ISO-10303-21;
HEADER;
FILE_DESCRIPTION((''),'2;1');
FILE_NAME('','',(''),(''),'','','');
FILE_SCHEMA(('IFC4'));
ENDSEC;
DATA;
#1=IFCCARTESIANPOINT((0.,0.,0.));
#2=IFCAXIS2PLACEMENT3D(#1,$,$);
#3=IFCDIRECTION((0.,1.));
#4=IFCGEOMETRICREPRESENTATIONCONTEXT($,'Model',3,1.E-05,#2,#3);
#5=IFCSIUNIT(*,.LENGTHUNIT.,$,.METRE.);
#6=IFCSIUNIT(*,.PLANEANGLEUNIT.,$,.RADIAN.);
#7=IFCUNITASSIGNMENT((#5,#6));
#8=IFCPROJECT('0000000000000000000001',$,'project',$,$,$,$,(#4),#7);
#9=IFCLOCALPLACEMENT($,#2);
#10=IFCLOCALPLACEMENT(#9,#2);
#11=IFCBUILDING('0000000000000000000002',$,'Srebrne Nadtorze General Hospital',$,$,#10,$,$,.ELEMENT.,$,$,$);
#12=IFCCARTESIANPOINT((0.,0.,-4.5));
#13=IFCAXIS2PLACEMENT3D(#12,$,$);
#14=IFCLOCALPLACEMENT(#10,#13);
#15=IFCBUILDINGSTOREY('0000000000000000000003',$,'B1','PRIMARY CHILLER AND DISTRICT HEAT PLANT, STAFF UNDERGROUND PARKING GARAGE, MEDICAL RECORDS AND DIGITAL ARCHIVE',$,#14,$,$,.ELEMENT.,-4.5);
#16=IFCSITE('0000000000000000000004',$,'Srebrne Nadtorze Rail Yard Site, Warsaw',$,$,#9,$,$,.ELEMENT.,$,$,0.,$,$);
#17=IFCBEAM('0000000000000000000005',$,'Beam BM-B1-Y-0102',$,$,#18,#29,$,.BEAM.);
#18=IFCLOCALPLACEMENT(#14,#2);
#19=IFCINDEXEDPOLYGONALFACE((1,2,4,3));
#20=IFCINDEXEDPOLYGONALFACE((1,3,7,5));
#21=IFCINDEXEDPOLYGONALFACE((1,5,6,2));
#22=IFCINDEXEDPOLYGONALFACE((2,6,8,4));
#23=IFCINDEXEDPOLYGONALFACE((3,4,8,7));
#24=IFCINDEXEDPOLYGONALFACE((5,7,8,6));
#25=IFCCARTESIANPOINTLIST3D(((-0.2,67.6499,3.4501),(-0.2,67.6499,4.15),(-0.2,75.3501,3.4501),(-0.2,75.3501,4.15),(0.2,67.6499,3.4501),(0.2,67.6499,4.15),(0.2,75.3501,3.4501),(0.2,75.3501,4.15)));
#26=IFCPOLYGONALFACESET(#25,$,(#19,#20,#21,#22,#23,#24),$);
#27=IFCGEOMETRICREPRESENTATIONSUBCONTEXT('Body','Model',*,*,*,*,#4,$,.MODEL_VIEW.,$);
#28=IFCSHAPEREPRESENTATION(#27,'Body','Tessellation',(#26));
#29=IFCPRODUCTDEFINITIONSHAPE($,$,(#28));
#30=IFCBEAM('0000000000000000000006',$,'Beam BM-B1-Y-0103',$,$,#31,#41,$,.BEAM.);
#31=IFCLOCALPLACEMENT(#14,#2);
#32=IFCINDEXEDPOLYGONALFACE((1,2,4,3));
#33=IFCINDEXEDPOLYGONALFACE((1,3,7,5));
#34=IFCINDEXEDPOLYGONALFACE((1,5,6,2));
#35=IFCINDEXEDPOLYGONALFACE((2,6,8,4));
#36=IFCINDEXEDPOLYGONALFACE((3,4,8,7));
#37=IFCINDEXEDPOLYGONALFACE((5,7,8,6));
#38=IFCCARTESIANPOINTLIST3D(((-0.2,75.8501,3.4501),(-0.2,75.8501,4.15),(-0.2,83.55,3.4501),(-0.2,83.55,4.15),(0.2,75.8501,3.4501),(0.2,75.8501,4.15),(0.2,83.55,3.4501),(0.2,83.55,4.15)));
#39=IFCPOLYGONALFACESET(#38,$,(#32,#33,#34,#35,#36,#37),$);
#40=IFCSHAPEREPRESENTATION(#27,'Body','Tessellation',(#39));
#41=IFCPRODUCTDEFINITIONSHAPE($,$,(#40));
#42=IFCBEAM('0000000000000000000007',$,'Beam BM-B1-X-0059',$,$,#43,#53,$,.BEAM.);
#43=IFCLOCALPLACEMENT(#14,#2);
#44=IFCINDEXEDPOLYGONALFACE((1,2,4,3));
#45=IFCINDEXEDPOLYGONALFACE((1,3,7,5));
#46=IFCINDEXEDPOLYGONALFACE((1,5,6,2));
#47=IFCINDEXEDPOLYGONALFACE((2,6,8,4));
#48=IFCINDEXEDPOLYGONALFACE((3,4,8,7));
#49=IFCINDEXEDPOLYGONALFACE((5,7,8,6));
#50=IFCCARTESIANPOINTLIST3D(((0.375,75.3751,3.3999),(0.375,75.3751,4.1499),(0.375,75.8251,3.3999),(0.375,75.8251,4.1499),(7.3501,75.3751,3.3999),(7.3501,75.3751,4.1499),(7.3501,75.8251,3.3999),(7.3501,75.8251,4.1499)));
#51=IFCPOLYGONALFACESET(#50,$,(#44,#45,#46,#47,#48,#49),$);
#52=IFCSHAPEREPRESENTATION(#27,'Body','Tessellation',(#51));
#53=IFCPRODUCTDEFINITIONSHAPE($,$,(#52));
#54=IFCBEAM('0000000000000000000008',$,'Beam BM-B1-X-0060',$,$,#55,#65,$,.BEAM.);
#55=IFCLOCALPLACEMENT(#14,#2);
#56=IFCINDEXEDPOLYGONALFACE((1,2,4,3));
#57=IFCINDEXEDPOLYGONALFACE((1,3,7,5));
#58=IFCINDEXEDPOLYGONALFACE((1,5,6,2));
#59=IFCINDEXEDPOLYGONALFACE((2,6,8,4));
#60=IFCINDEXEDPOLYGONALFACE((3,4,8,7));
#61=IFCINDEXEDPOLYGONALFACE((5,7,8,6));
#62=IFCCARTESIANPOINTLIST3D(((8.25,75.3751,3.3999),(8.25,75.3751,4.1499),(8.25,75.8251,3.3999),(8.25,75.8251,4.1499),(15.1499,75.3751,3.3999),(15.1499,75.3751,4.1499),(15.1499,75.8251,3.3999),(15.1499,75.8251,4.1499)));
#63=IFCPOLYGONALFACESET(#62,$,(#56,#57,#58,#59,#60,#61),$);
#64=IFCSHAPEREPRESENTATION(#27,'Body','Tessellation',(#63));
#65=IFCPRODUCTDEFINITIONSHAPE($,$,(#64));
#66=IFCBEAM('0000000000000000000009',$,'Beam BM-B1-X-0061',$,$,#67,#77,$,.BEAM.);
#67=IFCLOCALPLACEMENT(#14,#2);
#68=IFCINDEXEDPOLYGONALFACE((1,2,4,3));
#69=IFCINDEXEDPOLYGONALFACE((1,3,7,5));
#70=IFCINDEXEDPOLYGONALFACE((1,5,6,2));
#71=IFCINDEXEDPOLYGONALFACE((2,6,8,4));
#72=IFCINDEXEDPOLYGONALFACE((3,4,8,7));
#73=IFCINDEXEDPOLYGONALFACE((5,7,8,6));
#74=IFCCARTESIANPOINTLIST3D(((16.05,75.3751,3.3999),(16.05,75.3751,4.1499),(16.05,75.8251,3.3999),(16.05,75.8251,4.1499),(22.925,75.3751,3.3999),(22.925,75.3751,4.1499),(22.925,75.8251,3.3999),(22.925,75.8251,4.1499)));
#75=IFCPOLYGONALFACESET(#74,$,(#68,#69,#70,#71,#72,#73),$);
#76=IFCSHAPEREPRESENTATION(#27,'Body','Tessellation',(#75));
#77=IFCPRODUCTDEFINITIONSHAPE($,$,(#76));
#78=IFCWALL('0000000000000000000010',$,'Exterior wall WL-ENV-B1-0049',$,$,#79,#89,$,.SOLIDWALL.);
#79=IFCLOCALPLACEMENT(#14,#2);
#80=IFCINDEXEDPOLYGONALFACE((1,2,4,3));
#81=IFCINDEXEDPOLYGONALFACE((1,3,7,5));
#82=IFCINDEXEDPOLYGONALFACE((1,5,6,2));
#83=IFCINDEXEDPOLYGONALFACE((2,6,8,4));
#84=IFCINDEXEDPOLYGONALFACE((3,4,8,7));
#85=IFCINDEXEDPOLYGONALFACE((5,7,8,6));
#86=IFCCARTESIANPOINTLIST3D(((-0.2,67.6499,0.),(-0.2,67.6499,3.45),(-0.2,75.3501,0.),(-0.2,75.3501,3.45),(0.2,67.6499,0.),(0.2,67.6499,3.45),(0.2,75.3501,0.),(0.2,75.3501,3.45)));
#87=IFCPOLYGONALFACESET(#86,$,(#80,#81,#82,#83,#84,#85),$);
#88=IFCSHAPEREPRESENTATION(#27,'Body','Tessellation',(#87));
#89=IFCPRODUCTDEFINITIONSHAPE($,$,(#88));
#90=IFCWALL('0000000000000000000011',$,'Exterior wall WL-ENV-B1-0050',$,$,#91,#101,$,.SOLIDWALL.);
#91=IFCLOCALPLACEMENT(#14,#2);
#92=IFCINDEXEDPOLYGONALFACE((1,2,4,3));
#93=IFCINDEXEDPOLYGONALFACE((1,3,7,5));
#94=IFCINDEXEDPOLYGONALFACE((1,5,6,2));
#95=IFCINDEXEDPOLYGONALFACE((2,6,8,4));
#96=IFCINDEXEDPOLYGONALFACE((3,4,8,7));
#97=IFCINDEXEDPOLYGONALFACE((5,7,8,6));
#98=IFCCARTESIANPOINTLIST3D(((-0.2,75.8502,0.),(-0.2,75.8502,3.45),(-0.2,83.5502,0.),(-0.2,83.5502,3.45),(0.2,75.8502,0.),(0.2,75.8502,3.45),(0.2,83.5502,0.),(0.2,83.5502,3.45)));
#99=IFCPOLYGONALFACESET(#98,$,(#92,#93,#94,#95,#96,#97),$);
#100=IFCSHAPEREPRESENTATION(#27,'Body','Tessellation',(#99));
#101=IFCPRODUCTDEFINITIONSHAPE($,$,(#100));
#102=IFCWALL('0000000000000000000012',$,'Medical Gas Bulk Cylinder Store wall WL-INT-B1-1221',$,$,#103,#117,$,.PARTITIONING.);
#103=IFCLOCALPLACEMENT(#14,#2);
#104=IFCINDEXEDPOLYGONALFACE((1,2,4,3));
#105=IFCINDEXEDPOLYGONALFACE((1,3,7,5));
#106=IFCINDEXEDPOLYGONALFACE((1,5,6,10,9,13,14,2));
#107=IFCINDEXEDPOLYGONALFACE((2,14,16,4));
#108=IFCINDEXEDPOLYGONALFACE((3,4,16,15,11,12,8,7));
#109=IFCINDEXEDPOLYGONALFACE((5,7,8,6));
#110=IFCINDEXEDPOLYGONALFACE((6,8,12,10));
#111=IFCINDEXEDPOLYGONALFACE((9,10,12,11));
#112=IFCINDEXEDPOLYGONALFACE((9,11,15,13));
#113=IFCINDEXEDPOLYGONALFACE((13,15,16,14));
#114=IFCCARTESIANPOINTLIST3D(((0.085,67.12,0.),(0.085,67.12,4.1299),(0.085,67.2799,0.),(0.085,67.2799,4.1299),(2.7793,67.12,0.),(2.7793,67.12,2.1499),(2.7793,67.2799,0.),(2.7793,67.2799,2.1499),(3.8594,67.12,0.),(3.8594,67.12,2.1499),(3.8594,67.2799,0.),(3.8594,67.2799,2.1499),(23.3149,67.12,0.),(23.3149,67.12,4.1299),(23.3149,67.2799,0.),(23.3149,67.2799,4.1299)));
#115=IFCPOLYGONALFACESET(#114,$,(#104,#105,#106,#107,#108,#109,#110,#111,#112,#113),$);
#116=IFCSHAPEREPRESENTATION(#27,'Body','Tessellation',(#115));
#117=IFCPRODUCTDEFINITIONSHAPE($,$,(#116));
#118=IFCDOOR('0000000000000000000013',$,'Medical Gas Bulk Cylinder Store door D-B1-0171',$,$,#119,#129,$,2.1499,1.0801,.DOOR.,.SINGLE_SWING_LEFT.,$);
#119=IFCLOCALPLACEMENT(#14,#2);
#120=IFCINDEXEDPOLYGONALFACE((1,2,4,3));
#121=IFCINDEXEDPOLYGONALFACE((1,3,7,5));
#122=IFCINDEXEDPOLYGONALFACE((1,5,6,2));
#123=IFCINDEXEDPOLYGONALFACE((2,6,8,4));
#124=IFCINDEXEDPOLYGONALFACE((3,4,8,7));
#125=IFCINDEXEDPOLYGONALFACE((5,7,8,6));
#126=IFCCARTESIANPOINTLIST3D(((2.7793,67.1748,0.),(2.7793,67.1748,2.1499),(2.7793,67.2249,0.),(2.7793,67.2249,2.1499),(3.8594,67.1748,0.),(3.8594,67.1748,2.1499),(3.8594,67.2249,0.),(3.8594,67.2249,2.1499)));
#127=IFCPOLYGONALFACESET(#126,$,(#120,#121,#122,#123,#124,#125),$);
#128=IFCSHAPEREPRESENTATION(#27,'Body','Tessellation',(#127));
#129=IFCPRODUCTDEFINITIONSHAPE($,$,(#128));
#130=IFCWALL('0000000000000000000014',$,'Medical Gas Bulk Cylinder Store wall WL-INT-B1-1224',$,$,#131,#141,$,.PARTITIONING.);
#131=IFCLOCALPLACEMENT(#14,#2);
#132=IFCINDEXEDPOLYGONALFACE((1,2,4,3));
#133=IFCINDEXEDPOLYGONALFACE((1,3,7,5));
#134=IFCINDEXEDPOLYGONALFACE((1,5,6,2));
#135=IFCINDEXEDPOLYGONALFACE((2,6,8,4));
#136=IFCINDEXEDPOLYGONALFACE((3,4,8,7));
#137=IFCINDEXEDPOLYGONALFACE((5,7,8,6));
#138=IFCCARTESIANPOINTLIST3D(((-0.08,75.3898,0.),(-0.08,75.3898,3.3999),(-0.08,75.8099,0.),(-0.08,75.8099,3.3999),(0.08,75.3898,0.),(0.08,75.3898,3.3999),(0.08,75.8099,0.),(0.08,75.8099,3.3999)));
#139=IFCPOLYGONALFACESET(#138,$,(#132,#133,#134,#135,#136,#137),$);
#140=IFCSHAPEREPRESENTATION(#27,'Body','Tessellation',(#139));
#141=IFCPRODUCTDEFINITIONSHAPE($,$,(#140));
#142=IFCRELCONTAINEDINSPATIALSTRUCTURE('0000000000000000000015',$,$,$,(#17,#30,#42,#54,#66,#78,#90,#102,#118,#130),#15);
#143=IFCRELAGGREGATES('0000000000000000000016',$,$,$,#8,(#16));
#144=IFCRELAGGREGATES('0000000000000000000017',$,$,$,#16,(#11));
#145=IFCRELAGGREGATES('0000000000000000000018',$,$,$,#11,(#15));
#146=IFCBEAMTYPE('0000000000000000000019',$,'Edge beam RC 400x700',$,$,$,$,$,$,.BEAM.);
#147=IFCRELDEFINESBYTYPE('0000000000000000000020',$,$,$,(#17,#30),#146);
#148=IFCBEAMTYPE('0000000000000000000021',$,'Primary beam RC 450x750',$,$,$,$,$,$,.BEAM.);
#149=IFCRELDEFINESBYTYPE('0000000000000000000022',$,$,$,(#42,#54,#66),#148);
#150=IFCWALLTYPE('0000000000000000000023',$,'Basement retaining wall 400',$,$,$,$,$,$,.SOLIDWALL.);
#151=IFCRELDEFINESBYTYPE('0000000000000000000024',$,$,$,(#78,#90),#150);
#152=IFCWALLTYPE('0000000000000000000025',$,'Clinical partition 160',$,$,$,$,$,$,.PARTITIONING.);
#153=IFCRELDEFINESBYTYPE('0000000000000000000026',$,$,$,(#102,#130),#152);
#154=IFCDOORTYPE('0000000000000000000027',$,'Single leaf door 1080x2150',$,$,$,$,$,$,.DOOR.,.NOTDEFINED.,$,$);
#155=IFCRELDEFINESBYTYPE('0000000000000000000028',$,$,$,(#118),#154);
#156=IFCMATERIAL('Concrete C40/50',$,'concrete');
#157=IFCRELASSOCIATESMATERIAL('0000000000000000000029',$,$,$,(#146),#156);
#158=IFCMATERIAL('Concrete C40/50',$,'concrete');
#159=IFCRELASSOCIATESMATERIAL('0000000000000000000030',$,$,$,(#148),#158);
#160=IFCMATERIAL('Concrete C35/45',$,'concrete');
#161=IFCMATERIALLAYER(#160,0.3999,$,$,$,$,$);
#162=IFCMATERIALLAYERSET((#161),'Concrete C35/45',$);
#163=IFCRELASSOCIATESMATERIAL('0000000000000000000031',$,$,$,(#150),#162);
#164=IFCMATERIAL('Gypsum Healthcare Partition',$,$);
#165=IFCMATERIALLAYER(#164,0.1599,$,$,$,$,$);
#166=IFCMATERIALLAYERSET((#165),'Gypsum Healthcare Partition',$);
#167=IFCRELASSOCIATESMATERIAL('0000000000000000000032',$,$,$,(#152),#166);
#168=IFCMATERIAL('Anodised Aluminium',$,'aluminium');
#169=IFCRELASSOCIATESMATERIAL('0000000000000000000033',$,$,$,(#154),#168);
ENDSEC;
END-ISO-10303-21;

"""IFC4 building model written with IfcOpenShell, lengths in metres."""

from ifc_helpers import new_model, si_unit, direction, frame, frame_2d, origin, origin_2d, place, context, subcontext, project, spatial, rectangle, extrude, material, layer, layer_set, material_profile, profile_set, type_object, element, fill, save


model = new_model("IFC4")

# Units and contexts
model_context = context("Model", 3, precision=1e-05, world=origin(), true_north=direction((0.0, 1.0)))
body_context = subcontext(model_context, "Body", "Model", "MODEL_VIEW")
ifc_project = project(units=[si_unit("LENGTHUNIT", "METRE"), si_unit("PLANEANGLEUNIT", "RADIAN")], contexts=[model_context])

# Site, building, storey
site_placement = place(None, origin())
site = spatial("IfcSite", under=ifc_project, at=site_placement, Name="Srebrne Nadtorze Rail Yard Site, Warsaw", CompositionType="ELEMENT", RefElevation=0.0)
building_placement = place(site_placement, origin())
building = spatial("IfcBuilding", under=site, at=building_placement, Name="Srebrne Nadtorze General Hospital", CompositionType="ELEMENT")
storey_placement = place(building_placement, frame((0.0, 0.0, -4.5)))
storey = spatial("IfcBuildingStorey", under=building, at=storey_placement, Name="B1", Description="PRIMARY CHILLER AND DISTRICT HEAT PLANT, STAFF UNDERGROUND PARKING GARAGE, MEDICAL RECORDS AND DIGITAL ARCHIVE", CompositionType="ELEMENT", Elevation=-4.5)

# Beams
ifc_material_1 = material(Name="Concrete C40/50", Category="concrete")
ifc_material_profile_1 = material_profile(ifc_material_1, rectangle(XDim=0.3999, YDim=0.7, at=origin_2d()), Name="RC-BM-400x700")
ifc_profile_set_1 = profile_set([ifc_material_profile_1], Name="Concrete C40/50")
beam_type_1 = type_object("IfcBeamType", Name="Edge beam RC 400x700", PredefinedType="BEAM", material=ifc_profile_set_1)
beam_1_placement = place(storey_placement, frame((0.0, 67.6499, 3.8), z_axis=(0.0, 1.0, 0.0), x_axis=(-1.0, 0.0, 0.0)))
element("IfcBeam", 1, at=beam_1_placement, inside=storey, type_object=beam_type_1, Name="Beam BM-B1-Y-0102", PredefinedType="BEAM", context=body_context, shape_type="SweptSolid", body=[
    extrude(rectangle(XDim=0.3999, YDim=0.7, at=origin_2d()), origin(), (0.0, 0.0, 1.0), 7.7002),
])
beam_2_placement = place(storey_placement, frame((0.0, 75.8501, 3.8), z_axis=(0.0, 1.0, 0.0), x_axis=(-1.0, 0.0, 0.0)))
element("IfcBeam", 2, at=beam_2_placement, inside=storey, type_object=beam_type_1, Name="Beam BM-B1-Y-0103", PredefinedType="BEAM", context=body_context, shape_type="SweptSolid", body=[
    extrude(rectangle(XDim=0.3999, YDim=0.7, at=origin_2d()), origin(), (0.0, 0.0, 1.0), 7.7),
])
ifc_material_2 = material(Name="Concrete C40/50", Category="concrete")
ifc_material_profile_2 = material_profile(ifc_material_2, rectangle(XDim=0.45, YDim=0.75, at=origin_2d()), Name="RC-BM-450x750")
ifc_profile_set_2 = profile_set([ifc_material_profile_2], Name="Concrete C40/50")
beam_type_2 = type_object("IfcBeamType", Name="Primary beam RC 450x750", PredefinedType="BEAM", material=ifc_profile_set_2)
beam_3_placement = place(storey_placement, frame((0.375, 75.6001, 3.7749), z_axis=(1.0, 0.0, 0.0), x_axis=(0.0, 1.0, 0.0)))
element("IfcBeam", 3, at=beam_3_placement, inside=storey, type_object=beam_type_2, Name="Beam BM-B1-X-0059", PredefinedType="BEAM", context=body_context, shape_type="SweptSolid", body=[
    extrude(rectangle(XDim=0.45, YDim=0.75, at=origin_2d()), origin(), (0.0, 0.0, 1.0), 6.9751),
])
beam_4_placement = place(storey_placement, frame((8.25, 75.6001, 3.7749), z_axis=(1.0, 0.0, 0.0), x_axis=(0.0, 1.0, 0.0)))
element("IfcBeam", 4, at=beam_4_placement, inside=storey, type_object=beam_type_2, Name="Beam BM-B1-X-0060", PredefinedType="BEAM", context=body_context, shape_type="SweptSolid", body=[
    extrude(rectangle(XDim=0.45, YDim=0.75, at=origin_2d()), origin(), (0.0, 0.0, 1.0), 6.8999),
])
beam_5_placement = place(storey_placement, frame((16.05, 75.6001, 3.7749), z_axis=(1.0, 0.0, 0.0), x_axis=(0.0, 1.0, 0.0)))
element("IfcBeam", 5, at=beam_5_placement, inside=storey, type_object=beam_type_2, Name="Beam BM-B1-X-0061", PredefinedType="BEAM", context=body_context, shape_type="SweptSolid", body=[
    extrude(rectangle(XDim=0.45, YDim=0.75, at=origin_2d()), origin(), (0.0, 0.0, 1.0), 6.875),
])

# Walls
ifc_material_3 = material(Name="Concrete C35/45", Category="concrete")
ifc_layer_1 = layer(ifc_material_3, 0.3999)
ifc_layer_set_1 = layer_set([ifc_layer_1], Name="Concrete C35/45")
wall_type_1 = type_object("IfcWallType", Name="Basement retaining wall 400", PredefinedType="SOLIDWALL", material=ifc_layer_set_1)
wall_1_placement = place(storey_placement, frame((0.0, 67.6499, 0.0), z_axis=(0.0, 0.0, 1.0), x_axis=(0.0, 1.0, 0.0)))
element("IfcWall", 6, at=wall_1_placement, inside=storey, type_object=wall_type_1, Name="Exterior wall WL-ENV-B1-0049", PredefinedType="SOLIDWALL", context=body_context, shape_type="SweptSolid", body=[
    extrude(rectangle(XDim=7.7002, YDim=0.3999, at=frame_2d((3.8501, 0.0))), origin(), (0.0, 0.0, 1.0), 3.45),
])
wall_2_placement = place(storey_placement, frame((0.0, 75.8501, 0.0), z_axis=(0.0, 0.0, 1.0), x_axis=(0.0, 1.0, 0.0)))
element("IfcWall", 7, at=wall_2_placement, inside=storey, type_object=wall_type_1, Name="Exterior wall WL-ENV-B1-0050", PredefinedType="SOLIDWALL", context=body_context, shape_type="SweptSolid", body=[
    extrude(rectangle(XDim=7.7, YDim=0.3999, at=frame_2d((3.8501, 0.0))), origin(), (0.0, 0.0, 1.0), 3.45),
])

# Wall, opening, door
ifc_material_4 = material(Name="Gypsum Healthcare Partition")
ifc_layer_2 = layer(ifc_material_4, 0.1599)
ifc_layer_set_2 = layer_set([ifc_layer_2], Name="Gypsum Healthcare Partition")
wall_type_2 = type_object("IfcWallType", Name="Clinical partition 160", PredefinedType="PARTITIONING", material=ifc_layer_set_2)
wall_3_placement = place(storey_placement, frame((0.085, 67.2, 0.0), z_axis=(0.0, 0.0, 1.0), x_axis=(1.0, 0.0, 0.0)))
wall_3 = element("IfcWall", 8, at=wall_3_placement, inside=storey, type_object=wall_type_2, Name="Medical Gas Bulk Cylinder Store wall WL-INT-B1-1221", PredefinedType="PARTITIONING", context=body_context, shape_type="SweptSolid", body=[
    extrude(rectangle(XDim=23.23, YDim=0.1599, at=frame_2d((11.615, 0.0))), origin(), (0.0, 0.0, 1.0), 4.1299),
])
opening_placement = place(wall_3_placement, frame((2.6943, 0.0, 0.0)))
opening = element("IfcOpeningElement", 9, at=opening_placement, cuts=wall_3, PredefinedType="OPENING", context=body_context, shape_type="SweptSolid", body=[
    extrude(rectangle(XDim=1.0801, YDim=2.1499, at=frame_2d((0.54, 1.075))), frame((0.0, 0.0918, 0.0), z_axis=(0.0, -1.0, 0.0), x_axis=(1.0, 0.0, 0.0)), (0.0, 0.0, 1.0), 0.1838),
])
ifc_material_5 = material(Name="Anodised Aluminium", Category="aluminium")
door_type = type_object("IfcDoorType", Name="Single leaf door 1080x2150", OperationType="NOTDEFINED", PredefinedType="DOOR", material=ifc_material_5)
door_placement = place(opening_placement, origin())
door = element("IfcDoor", 10, at=door_placement, inside=storey, type_object=door_type, Name="Medical Gas Bulk Cylinder Store door D-B1-0171", OperationType="SINGLE_SWING_LEFT", OverallHeight=2.1499, OverallWidth=1.0801, PredefinedType="DOOR", context=body_context, shape_type="SweptSolid", body=[
    extrude(rectangle(XDim=1.0801, YDim=2.1499, at=frame_2d((0.54, 1.075))), frame((0.0, 0.0249, 0.0), z_axis=(0.0, -1.0, 0.0), x_axis=(1.0, 0.0, 0.0)), (0.0, 0.0, 1.0), 0.05),
])
fill(opening, door)

# Wall
wall_4_placement = place(storey_placement, frame((0.0, 75.3899, 0.0), z_axis=(0.0, 0.0, 1.0), x_axis=(0.0, 1.0, 0.0)))
element("IfcWall", 11, at=wall_4_placement, inside=storey, type_object=wall_type_2, Name="Medical Gas Bulk Cylinder Store wall WL-INT-B1-1224", PredefinedType="PARTITIONING", context=body_context, shape_type="SweptSolid", body=[
    extrude(rectangle(XDim=0.4202, YDim=0.1599, at=frame_2d((0.21, 0.0))), origin(), (0.0, 0.0, 1.0), 3.3999),
])

save(model, "model.ifc")
